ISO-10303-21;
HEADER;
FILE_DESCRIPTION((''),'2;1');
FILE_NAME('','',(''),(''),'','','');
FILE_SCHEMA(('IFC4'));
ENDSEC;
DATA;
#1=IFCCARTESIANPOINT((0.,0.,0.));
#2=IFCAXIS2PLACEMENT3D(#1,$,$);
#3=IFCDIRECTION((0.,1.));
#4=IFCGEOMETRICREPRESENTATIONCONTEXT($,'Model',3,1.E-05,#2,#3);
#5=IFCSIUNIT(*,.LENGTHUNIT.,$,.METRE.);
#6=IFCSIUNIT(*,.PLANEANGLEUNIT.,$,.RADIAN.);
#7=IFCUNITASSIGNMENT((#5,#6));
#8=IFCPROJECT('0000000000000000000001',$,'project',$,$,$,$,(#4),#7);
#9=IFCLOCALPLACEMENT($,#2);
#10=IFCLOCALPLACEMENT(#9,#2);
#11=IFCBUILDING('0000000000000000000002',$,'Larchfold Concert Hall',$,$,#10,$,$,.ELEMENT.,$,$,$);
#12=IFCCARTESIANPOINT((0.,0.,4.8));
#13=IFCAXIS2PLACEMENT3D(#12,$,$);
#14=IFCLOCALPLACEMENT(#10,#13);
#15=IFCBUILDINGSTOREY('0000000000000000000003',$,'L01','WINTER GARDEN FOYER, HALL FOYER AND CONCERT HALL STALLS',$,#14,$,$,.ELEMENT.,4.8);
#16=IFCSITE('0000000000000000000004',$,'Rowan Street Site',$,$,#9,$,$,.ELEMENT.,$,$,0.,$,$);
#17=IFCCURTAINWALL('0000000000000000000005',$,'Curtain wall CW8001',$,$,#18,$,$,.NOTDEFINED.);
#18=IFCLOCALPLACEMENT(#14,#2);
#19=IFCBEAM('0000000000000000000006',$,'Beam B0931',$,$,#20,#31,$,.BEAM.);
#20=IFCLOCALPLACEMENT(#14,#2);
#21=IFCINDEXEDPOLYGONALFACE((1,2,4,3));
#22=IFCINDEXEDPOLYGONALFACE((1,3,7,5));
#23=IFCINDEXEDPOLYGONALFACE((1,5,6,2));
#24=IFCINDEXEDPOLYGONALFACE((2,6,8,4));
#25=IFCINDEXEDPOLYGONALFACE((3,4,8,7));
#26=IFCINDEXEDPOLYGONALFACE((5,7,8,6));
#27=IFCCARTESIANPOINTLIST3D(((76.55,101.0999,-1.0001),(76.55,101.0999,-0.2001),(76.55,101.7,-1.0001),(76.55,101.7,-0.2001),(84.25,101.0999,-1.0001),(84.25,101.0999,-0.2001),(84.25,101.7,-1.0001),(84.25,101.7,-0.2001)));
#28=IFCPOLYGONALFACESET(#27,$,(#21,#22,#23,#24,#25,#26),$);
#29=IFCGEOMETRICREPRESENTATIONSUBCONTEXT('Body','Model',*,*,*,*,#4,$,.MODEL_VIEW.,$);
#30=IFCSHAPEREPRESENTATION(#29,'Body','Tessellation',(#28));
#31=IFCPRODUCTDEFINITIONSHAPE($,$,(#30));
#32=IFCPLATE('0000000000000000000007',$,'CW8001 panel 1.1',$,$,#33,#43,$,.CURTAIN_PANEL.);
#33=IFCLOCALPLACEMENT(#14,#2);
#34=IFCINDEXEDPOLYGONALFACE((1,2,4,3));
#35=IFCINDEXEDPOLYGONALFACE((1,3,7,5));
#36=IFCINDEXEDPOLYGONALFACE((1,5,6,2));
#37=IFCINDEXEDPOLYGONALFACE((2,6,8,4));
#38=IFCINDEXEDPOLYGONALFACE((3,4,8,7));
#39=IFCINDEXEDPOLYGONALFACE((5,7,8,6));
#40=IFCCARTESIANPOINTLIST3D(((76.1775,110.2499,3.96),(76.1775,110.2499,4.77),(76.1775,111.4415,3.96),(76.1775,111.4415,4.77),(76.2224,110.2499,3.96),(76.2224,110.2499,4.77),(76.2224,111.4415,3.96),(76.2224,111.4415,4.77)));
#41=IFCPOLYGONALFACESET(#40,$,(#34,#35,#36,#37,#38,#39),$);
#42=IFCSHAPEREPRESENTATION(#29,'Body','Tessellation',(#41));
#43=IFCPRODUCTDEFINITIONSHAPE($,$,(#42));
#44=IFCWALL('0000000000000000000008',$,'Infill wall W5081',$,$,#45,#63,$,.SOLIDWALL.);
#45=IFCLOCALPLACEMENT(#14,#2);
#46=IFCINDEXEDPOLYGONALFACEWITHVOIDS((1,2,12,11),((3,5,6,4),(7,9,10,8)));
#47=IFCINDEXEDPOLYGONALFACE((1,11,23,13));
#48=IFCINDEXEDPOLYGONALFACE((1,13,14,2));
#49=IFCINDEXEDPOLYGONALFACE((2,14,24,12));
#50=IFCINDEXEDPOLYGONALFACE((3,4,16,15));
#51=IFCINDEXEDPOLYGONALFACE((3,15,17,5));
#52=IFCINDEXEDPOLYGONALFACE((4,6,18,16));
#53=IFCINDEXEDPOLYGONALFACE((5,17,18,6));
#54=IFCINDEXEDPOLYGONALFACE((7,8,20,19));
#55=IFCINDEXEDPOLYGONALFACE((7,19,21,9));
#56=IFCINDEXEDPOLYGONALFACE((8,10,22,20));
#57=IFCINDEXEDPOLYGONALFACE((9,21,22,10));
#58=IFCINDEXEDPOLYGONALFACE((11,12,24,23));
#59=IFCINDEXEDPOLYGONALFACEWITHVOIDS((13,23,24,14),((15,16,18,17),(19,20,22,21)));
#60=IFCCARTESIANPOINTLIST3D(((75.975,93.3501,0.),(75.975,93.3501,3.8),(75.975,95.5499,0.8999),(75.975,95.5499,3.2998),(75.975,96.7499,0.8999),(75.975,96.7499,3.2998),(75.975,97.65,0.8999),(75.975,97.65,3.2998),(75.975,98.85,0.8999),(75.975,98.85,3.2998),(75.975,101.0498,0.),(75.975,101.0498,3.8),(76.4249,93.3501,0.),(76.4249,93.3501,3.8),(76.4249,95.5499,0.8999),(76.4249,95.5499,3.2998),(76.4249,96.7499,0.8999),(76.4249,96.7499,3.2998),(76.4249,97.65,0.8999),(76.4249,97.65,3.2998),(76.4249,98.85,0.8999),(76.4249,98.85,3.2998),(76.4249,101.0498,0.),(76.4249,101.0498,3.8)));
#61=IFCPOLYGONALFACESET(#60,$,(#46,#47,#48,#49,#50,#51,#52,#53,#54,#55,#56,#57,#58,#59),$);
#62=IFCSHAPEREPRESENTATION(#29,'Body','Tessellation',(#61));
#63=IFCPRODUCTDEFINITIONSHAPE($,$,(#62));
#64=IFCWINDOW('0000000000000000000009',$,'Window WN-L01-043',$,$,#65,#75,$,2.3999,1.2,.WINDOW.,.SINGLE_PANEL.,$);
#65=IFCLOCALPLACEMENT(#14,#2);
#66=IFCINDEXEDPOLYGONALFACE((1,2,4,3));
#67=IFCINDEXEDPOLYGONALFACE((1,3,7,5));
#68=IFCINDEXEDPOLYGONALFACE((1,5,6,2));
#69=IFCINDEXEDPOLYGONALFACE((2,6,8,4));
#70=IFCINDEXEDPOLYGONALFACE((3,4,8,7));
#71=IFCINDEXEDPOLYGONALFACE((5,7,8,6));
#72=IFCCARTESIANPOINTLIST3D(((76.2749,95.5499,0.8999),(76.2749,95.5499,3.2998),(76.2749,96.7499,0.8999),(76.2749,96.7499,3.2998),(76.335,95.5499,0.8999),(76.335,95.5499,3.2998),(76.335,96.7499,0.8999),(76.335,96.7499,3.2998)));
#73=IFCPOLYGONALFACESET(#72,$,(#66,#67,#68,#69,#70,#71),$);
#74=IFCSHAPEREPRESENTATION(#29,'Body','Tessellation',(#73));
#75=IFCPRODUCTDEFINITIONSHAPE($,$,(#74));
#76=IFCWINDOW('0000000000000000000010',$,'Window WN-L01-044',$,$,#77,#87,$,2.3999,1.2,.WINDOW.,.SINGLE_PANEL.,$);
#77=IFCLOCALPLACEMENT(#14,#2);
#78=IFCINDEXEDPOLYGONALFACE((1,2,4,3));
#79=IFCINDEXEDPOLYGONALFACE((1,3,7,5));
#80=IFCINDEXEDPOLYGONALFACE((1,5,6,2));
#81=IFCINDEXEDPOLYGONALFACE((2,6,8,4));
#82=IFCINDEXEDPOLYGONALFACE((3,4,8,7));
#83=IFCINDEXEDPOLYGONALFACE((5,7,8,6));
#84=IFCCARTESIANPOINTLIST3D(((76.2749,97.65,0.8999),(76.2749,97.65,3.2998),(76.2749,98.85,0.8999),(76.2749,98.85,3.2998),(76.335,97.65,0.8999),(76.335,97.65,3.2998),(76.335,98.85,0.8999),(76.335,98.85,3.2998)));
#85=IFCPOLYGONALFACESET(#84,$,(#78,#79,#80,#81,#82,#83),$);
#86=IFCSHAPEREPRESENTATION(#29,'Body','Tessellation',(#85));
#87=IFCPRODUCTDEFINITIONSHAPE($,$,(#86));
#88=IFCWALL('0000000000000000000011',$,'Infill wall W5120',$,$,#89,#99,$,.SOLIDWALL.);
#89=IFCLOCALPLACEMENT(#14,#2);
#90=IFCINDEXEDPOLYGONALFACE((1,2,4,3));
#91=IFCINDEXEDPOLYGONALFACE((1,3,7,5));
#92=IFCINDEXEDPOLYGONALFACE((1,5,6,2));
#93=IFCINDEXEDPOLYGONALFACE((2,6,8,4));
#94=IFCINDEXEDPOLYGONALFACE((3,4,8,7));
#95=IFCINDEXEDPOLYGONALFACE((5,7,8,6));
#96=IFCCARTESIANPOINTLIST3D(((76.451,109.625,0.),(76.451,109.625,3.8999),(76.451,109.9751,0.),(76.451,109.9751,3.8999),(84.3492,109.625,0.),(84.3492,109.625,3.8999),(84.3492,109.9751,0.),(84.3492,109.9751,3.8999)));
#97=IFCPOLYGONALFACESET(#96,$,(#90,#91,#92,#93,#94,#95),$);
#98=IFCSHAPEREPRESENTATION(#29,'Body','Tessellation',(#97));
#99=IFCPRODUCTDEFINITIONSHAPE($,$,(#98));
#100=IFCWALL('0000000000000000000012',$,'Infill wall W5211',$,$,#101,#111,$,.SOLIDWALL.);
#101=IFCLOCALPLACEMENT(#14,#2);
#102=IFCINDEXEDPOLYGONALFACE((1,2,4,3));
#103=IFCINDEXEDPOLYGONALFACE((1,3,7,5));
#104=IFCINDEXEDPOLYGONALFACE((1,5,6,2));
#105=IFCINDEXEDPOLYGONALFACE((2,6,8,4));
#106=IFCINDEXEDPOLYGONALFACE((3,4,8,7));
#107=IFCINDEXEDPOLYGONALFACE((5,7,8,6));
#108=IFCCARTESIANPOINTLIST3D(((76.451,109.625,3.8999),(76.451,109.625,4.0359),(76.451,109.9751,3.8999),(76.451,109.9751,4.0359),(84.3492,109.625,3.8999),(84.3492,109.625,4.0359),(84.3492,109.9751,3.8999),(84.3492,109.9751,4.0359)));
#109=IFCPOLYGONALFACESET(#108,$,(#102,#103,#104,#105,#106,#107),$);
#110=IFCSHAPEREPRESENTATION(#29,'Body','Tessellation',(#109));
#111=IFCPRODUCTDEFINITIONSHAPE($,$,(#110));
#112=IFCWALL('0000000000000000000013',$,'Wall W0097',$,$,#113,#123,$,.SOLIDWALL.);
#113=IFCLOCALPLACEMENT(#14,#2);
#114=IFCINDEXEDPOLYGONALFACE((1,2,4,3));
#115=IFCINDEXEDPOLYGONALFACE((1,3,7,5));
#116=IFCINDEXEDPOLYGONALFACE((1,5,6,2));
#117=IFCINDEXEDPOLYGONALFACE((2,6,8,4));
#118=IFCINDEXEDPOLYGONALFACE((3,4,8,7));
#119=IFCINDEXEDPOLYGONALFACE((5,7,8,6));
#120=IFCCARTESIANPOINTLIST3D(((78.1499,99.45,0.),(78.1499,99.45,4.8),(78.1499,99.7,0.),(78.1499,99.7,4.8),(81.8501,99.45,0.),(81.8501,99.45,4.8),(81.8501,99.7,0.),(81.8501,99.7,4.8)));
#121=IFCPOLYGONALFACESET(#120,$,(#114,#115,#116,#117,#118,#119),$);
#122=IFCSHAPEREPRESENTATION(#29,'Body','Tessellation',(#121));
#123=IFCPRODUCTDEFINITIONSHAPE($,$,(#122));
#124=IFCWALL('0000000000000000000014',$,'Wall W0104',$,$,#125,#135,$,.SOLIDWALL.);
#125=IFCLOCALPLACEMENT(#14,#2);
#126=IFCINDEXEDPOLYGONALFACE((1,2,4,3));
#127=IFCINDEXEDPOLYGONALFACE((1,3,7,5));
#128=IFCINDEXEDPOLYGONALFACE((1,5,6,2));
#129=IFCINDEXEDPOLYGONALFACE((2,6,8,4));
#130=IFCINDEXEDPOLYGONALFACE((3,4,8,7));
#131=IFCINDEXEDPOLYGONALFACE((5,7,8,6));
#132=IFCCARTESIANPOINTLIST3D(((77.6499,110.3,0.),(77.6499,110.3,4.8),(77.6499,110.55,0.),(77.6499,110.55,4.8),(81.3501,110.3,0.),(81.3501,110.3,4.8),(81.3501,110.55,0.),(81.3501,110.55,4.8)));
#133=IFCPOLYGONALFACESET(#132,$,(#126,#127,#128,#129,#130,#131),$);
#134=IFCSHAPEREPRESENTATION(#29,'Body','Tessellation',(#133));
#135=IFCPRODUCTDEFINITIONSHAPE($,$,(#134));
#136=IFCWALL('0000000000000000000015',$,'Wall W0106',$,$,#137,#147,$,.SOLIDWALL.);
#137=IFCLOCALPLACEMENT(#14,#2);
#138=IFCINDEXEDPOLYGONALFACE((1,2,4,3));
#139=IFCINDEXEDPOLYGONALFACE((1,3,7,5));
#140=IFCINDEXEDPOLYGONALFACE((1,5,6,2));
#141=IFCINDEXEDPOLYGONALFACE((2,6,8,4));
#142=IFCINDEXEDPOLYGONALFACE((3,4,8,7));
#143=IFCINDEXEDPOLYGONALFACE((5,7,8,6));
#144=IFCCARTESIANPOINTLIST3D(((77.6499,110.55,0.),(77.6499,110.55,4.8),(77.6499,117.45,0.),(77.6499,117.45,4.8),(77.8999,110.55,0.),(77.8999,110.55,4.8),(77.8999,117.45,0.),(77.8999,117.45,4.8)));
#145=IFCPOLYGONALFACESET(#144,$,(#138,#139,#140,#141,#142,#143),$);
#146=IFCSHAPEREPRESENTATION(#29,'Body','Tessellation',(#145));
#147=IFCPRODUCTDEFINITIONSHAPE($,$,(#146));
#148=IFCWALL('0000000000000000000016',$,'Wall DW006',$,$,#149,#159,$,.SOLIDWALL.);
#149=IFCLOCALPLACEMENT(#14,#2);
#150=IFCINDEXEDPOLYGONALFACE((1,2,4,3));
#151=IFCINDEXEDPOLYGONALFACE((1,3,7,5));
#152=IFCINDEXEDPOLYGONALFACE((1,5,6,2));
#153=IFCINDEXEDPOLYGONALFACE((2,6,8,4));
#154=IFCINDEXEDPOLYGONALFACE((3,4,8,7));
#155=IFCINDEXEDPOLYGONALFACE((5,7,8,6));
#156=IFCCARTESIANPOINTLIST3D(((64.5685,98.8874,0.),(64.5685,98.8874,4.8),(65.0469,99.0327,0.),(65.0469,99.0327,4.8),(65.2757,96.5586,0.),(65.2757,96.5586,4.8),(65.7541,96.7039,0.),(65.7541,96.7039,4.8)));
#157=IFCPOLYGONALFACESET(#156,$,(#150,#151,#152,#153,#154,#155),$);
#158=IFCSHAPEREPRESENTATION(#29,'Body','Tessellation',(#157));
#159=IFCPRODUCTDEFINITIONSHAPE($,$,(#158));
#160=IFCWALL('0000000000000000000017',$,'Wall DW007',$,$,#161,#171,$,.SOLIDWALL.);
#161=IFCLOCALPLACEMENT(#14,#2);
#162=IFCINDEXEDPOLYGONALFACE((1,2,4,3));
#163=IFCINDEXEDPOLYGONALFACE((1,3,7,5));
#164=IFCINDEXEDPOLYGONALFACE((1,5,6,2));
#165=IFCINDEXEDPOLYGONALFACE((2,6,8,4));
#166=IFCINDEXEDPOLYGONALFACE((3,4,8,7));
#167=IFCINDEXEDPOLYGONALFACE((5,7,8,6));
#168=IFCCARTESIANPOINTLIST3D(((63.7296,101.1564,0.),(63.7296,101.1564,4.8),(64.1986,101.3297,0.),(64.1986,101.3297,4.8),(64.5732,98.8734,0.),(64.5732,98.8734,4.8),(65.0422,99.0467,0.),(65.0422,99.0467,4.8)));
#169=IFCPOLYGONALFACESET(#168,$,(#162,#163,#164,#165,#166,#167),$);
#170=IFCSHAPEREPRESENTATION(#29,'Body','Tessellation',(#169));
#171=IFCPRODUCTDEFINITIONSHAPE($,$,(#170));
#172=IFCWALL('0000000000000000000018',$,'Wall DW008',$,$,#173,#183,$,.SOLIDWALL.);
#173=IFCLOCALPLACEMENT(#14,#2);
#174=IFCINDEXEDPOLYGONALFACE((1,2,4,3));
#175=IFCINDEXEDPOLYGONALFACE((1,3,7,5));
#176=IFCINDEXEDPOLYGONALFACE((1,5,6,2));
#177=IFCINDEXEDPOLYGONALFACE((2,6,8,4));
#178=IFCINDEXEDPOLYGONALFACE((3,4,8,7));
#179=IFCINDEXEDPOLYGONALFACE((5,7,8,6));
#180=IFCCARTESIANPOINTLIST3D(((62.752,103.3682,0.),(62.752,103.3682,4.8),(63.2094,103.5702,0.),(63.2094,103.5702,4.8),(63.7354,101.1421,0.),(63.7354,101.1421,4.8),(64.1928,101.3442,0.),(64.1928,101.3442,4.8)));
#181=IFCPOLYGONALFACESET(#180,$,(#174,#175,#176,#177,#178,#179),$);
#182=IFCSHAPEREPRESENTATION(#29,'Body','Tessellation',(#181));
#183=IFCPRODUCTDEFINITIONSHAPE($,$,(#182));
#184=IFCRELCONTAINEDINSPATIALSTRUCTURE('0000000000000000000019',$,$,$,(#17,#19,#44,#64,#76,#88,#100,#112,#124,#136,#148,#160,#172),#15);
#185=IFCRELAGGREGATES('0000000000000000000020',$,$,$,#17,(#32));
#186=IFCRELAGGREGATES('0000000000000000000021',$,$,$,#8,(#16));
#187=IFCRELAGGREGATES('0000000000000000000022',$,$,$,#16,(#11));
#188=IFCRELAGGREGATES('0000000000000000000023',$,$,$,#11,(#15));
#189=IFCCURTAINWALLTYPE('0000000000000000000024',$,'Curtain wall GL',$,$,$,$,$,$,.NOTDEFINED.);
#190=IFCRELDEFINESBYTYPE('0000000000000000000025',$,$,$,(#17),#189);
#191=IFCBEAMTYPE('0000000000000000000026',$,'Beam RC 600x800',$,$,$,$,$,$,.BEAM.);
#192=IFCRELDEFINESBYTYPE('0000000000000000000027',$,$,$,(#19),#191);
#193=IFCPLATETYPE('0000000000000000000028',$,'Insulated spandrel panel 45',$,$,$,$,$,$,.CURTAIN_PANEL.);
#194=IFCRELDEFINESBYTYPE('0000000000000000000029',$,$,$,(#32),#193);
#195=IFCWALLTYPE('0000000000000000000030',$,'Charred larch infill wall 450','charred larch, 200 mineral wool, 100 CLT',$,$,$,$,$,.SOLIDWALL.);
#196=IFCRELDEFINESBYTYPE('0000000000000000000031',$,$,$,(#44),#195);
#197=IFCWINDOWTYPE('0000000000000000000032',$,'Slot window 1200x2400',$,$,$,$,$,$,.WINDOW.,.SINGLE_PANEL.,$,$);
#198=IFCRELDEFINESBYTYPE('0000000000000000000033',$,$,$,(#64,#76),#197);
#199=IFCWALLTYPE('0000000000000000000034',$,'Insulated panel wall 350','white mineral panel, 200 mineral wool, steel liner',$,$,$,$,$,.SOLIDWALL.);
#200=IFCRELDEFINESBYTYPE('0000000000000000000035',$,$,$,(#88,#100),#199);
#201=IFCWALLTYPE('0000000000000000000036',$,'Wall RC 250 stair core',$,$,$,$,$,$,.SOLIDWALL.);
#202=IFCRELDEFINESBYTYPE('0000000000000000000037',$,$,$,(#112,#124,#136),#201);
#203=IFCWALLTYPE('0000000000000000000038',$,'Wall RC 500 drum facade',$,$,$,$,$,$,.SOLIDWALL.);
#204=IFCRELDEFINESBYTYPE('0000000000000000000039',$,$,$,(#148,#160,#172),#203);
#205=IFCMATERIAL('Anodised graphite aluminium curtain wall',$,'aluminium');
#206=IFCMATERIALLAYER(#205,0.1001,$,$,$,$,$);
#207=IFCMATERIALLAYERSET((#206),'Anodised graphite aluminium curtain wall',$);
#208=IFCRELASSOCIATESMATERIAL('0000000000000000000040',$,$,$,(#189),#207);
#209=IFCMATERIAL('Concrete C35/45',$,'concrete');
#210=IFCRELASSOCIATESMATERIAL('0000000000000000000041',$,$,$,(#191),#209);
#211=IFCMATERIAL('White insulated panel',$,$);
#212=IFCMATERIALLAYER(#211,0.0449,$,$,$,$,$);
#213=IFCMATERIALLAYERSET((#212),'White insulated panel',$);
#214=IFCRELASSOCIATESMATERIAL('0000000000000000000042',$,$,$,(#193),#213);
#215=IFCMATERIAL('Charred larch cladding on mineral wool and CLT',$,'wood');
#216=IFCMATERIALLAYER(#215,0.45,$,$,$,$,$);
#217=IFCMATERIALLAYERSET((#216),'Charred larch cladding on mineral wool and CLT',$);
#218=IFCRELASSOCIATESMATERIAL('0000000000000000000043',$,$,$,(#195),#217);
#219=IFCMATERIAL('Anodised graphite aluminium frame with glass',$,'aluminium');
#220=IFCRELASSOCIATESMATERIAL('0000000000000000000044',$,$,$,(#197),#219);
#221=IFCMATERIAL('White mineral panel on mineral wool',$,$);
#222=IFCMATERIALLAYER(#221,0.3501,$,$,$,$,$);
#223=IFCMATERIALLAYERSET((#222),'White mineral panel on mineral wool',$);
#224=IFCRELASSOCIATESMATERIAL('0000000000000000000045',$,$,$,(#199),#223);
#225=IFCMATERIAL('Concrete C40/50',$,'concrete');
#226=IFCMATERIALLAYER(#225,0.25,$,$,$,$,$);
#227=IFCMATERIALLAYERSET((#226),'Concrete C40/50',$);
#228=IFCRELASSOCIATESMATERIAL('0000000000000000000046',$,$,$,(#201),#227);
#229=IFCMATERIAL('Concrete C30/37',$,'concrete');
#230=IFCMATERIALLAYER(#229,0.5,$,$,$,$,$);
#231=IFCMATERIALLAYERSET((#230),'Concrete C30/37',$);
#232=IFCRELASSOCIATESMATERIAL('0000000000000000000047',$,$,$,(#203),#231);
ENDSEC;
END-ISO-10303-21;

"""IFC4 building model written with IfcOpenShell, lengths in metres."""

from ifc_helpers import new_model, si_unit, direction, frame, frame_2d, origin, origin_2d, place, context, subcontext, project, spatial, rectangle, extrude, material, layer, layer_set, material_profile, profile_set, type_object, element, fill, aggregate, save


model = new_model("IFC4")

# Units and contexts
model_context = context("Model", 3, precision=1e-05, world=origin(), true_north=direction((0.0, 1.0)))
body_context = subcontext(model_context, "Body", "Model", "MODEL_VIEW")
ifc_project = project(units=[si_unit("LENGTHUNIT", "METRE"), si_unit("PLANEANGLEUNIT", "RADIAN")], contexts=[model_context])

# Site, building, storey
site_placement = place(None, origin())
site = spatial("IfcSite", under=ifc_project, at=site_placement, Name="Rowan Street Site", CompositionType="ELEMENT", RefElevation=0.0)
building_placement = place(site_placement, origin())
building = spatial("IfcBuilding", under=site, at=building_placement, Name="Larchfold Concert Hall", CompositionType="ELEMENT")
storey_placement = place(building_placement, frame((0.0, 0.0, 4.8)))
storey = spatial("IfcBuildingStorey", under=building, at=storey_placement, Name="L01", Description="WINTER GARDEN FOYER, HALL FOYER AND CONCERT HALL STALLS", CompositionType="ELEMENT", Elevation=4.8)

# Curtain wall
ifc_material_1 = material(Name="Anodised graphite aluminium curtain wall", Category="aluminium")
ifc_layer_1 = layer(ifc_material_1, 0.1001)
ifc_layer_set_1 = layer_set([ifc_layer_1], Name="Anodised graphite aluminium curtain wall")
curtain_wall_type = type_object("IfcCurtainWallType", Name="Curtain wall GL", PredefinedType="NOTDEFINED", material=ifc_layer_set_1)
curtain_wall_placement = place(storey_placement, origin())
curtain_wall = element("IfcCurtainWall", 1, at=curtain_wall_placement, inside=storey, type_object=curtain_wall_type, Name="Curtain wall CW8001", PredefinedType="NOTDEFINED")

# Beam
ifc_material_2 = material(Name="Concrete C35/45", Category="concrete")
ifc_material_profile_1 = material_profile(ifc_material_2, rectangle(XDim=0.6001, YDim=0.8, at=origin_2d()))
ifc_profile_set_1 = profile_set([ifc_material_profile_1], Name="Concrete C35/45")
beam_type_1 = type_object("IfcBeamType", Name="Beam RC 600x800", PredefinedType="BEAM", material=ifc_profile_set_1)
beam_1_placement = place(storey_placement, frame((76.55, 101.3999, -0.6001), z_axis=(1.0, 0.0, 0.0), x_axis=(0.0, 1.0, 0.0)))
element("IfcBeam", 2, at=beam_1_placement, inside=storey, type_object=beam_type_1, Name="Beam B0931", PredefinedType="BEAM", context=body_context, shape_type="SweptSolid", body=[
    extrude(rectangle(XDim=0.6001, YDim=0.8, at=origin_2d()), origin(), (0.0, 0.0, 1.0), 7.7),
])

# Plate
ifc_material_3 = material(Name="White insulated panel")
ifc_layer_2 = layer(ifc_material_3, 0.0449)
ifc_layer_set_2 = layer_set([ifc_layer_2], Name="White insulated panel")
plate_type = type_object("IfcPlateType", Name="Insulated spandrel panel 45", PredefinedType="CURTAIN_PANEL", material=ifc_layer_set_2)
plate_placement = place(storey_placement, frame((76.2, 110.8457, 3.96), z_axis=(0.0, 0.0, 1.0), x_axis=(0.0, 1.0, 0.0)))
plate = element("IfcPlate", 3, at=plate_placement, type_object=plate_type, Name="CW8001 panel 1.1", PredefinedType="CURTAIN_PANEL", context=body_context, shape_type="SweptSolid", body=[
    extrude(rectangle(XDim=1.1917, YDim=0.0449, at=origin_2d()), origin(), (0.0, 0.0, 1.0), 0.8101),
])
aggregate(curtain_wall, [plate])

# Wall, openings, windows
ifc_material_4 = material(Name="Charred larch cladding on mineral wool and CLT", Category="wood")
ifc_layer_3 = layer(ifc_material_4, 0.45)
ifc_layer_set_3 = layer_set([ifc_layer_3], Name="Charred larch cladding on mineral wool and CLT")
wall_type_1 = type_object("IfcWallType", Name="Charred larch infill wall 450", Description="charred larch, 200 mineral wool, 100 CLT", PredefinedType="SOLIDWALL", material=ifc_layer_set_3)
wall_1_placement = place(storey_placement, frame((76.2, 101.0498, 0.0), z_axis=(0.0, 0.0, 1.0), x_axis=(0.0, -1.0, 0.0)))
wall_1 = element("IfcWall", 4, at=wall_1_placement, inside=storey, type_object=wall_type_1, Name="Infill wall W5081", PredefinedType="SOLIDWALL", context=body_context, shape_type="SweptSolid", body=[
    extrude(rectangle(XDim=7.6997, YDim=0.45, at=frame_2d((3.8499, 0.0))), origin(), (0.0, 0.0, 1.0), 3.8),
])
opening_1_placement = place(wall_1_placement, frame((4.2998, 0.0, 0.8999)))
opening_1 = element("IfcOpeningElement", 5, at=opening_1_placement, cuts=wall_1, PredefinedType="OPENING", context=body_context, shape_type="SweptSolid", body=[
    extrude(rectangle(XDim=1.2, YDim=2.3999, at=frame_2d((0.6001, 1.2))), frame((0.0, 0.2349, 0.0), z_axis=(0.0, -1.0, 0.0), x_axis=(1.0, 0.0, 0.0)), (0.0, 0.0, 1.0), 0.47),
])
opening_2_placement = place(wall_1_placement, frame((2.1997, 0.0, 0.8999)))
opening_2 = element("IfcOpeningElement", 6, at=opening_2_placement, cuts=wall_1, PredefinedType="OPENING", context=body_context, shape_type="SweptSolid", body=[
    extrude(rectangle(XDim=1.2, YDim=2.3999, at=frame_2d((0.6001, 1.2))), frame((0.0, 0.2349, 0.0), z_axis=(0.0, -1.0, 0.0), x_axis=(1.0, 0.0, 0.0)), (0.0, 0.0, 1.0), 0.47),
])
ifc_material_5 = material(Name="Anodised graphite aluminium frame with glass", Category="aluminium")
window_type = type_object("IfcWindowType", Name="Slot window 1200x2400", PartitioningType="SINGLE_PANEL", PredefinedType="WINDOW", material=ifc_material_5)
window_1_placement = place(opening_1_placement, origin())
window_1 = element("IfcWindow", 7, at=window_1_placement, inside=storey, type_object=window_type, Name="Window WN-L01-043", OverallHeight=2.3999, OverallWidth=1.2, PartitioningType="SINGLE_PANEL", PredefinedType="WINDOW", context=body_context, shape_type="SweptSolid", body=[
    extrude(rectangle(XDim=1.2, YDim=2.3999, at=frame_2d((0.6001, 1.2))), frame((0.0, 0.135, 0.0), z_axis=(0.0, -1.0, 0.0), x_axis=(1.0, 0.0, 0.0)), (0.0, 0.0, 1.0), 0.0601),
])
fill(opening_1, window_1)
window_2_placement = place(opening_2_placement, origin())
window_2 = element("IfcWindow", 8, at=window_2_placement, inside=storey, type_object=window_type, Name="Window WN-L01-044", OverallHeight=2.3999, OverallWidth=1.2, PartitioningType="SINGLE_PANEL", PredefinedType="WINDOW", context=body_context, shape_type="SweptSolid", body=[
    extrude(rectangle(XDim=1.2, YDim=2.3999, at=frame_2d((0.6001, 1.2))), frame((0.0, 0.135, 0.0), z_axis=(0.0, -1.0, 0.0), x_axis=(1.0, 0.0, 0.0)), (0.0, 0.0, 1.0), 0.0601),
])
fill(opening_2, window_2)

# Walls
ifc_material_6 = material(Name="White mineral panel on mineral wool")
ifc_layer_4 = layer(ifc_material_6, 0.3501)
ifc_layer_set_4 = layer_set([ifc_layer_4], Name="White mineral panel on mineral wool")
wall_type_2 = type_object("IfcWallType", Name="Insulated panel wall 350", Description="white mineral panel, 200 mineral wool, steel liner", PredefinedType="SOLIDWALL", material=ifc_layer_set_4)
wall_2_placement = place(storey_placement, frame((76.4509, 109.8, 0.0), z_axis=(0.0, 0.0, 1.0), x_axis=(1.0, 0.0, 0.0)))
element("IfcWall", 9, at=wall_2_placement, inside=storey, type_object=wall_type_2, Name="Infill wall W5120", PredefinedType="SOLIDWALL", context=body_context, shape_type="SweptSolid", body=[
    extrude(rectangle(XDim=7.8982, YDim=0.3501, at=frame_2d((3.9492, 0.0))), origin(), (0.0, 0.0, 1.0), 3.8999),
])
wall_3_placement = place(storey_placement, frame((76.4509, 109.8, 3.8999), z_axis=(0.0, 0.0, 1.0), x_axis=(1.0, 0.0, 0.0)))
element("IfcWall", 10, at=wall_3_placement, inside=storey, type_object=wall_type_2, Name="Infill wall W5211", PredefinedType="SOLIDWALL", context=body_context, shape_type="SweptSolid", body=[
    extrude(rectangle(XDim=7.8982, YDim=0.3501, at=frame_2d((3.9492, 0.0))), origin(), (0.0, 0.0, 1.0), 0.136),
])
ifc_material_7 = material(Name="Concrete C40/50", Category="concrete")
ifc_layer_5 = layer(ifc_material_7, 0.25)
ifc_layer_set_5 = layer_set([ifc_layer_5], Name="Concrete C40/50")
wall_type_3 = type_object("IfcWallType", Name="Wall RC 250 stair core", PredefinedType="SOLIDWALL", material=ifc_layer_set_5)
for number, where, z_axis, x_axis, name in (
    (11, (78.1499, 99.575, 0.0), (0.0, 0.0, 1.0), (1.0, 0.0, 0.0), "Wall W0097"),
    (12, (77.6499, 110.425, 0.0), (0.0, 0.0, 1.0), (1.0, 0.0, 0.0), "Wall W0104"),
):
    element("IfcWall", number, at=place(storey_placement, frame(where, z_axis=z_axis, x_axis=x_axis)), inside=storey, type_object=wall_type_3, Name=name, PredefinedType="SOLIDWALL", context=body_context, shape_type="SweptSolid", body=[
        extrude(rectangle(XDim=3.7002, YDim=0.25, at=frame_2d((1.8501, 0.0))), origin(), (0.0, 0.0, 1.0), 4.8),
    ])
wall_4_placement = place(storey_placement, frame((77.7749, 110.55, 0.0), z_axis=(0.0, 0.0, 1.0), x_axis=(0.0, 1.0, 0.0)))
element("IfcWall", 13, at=wall_4_placement, inside=storey, type_object=wall_type_3, Name="Wall W0106", PredefinedType="SOLIDWALL", context=body_context, shape_type="SweptSolid", body=[
    extrude(rectangle(XDim=6.8999, YDim=0.25, at=frame_2d((3.45, 0.0))), origin(), (0.0, 0.0, 1.0), 4.8),
])
ifc_material_8 = material(Name="Concrete C30/37", Category="concrete")
ifc_layer_6 = layer(ifc_material_8, 0.5)
ifc_layer_set_6 = layer_set([ifc_layer_6], Name="Concrete C30/37")
wall_type_4 = type_object("IfcWallType", Name="Wall RC 500 drum facade", PredefinedType="SOLIDWALL", material=ifc_layer_set_6)
for number, where, z_axis, x_axis, name in (
    (14, (65.5149, 96.6313, 0.0), (0.0, 0.0, 1.0), (-0.290595, 0.956846, 0.0), "Wall DW006"),
    (15, (64.8076, 98.9602, 0.0), (0.0, 0.0, 1.0), (-0.346579, 0.938021, 0.0), "Wall DW007"),
):
    element("IfcWall", number, at=place(storey_placement, frame(where, z_axis=z_axis, x_axis=x_axis)), inside=storey, type_object=wall_type_4, Name=name, PredefinedType="SOLIDWALL", context=body_context, shape_type="SweptSolid", body=[
        extrude(rectangle(XDim=2.4338, YDim=0.5, at=frame_2d((1.2168, 0.0))), origin(), (0.0, 0.0, 1.0), 4.8),
    ])
wall_5_placement = place(storey_placement, frame((63.9641, 101.2432, 0.0), z_axis=(0.0, 0.0, 1.0), x_axis=(-0.40409, 0.914719, 0.0)))
element("IfcWall", 16, at=wall_5_placement, inside=storey, type_object=wall_type_4, Name="Wall DW008", PredefinedType="SOLIDWALL", context=body_context, shape_type="SweptSolid", body=[
    extrude(rectangle(XDim=2.4336, YDim=0.5, at=frame_2d((1.2168, 0.0))), origin(), (0.0, 0.0, 1.0), 4.8),
])

save(model, "model.ifc")
